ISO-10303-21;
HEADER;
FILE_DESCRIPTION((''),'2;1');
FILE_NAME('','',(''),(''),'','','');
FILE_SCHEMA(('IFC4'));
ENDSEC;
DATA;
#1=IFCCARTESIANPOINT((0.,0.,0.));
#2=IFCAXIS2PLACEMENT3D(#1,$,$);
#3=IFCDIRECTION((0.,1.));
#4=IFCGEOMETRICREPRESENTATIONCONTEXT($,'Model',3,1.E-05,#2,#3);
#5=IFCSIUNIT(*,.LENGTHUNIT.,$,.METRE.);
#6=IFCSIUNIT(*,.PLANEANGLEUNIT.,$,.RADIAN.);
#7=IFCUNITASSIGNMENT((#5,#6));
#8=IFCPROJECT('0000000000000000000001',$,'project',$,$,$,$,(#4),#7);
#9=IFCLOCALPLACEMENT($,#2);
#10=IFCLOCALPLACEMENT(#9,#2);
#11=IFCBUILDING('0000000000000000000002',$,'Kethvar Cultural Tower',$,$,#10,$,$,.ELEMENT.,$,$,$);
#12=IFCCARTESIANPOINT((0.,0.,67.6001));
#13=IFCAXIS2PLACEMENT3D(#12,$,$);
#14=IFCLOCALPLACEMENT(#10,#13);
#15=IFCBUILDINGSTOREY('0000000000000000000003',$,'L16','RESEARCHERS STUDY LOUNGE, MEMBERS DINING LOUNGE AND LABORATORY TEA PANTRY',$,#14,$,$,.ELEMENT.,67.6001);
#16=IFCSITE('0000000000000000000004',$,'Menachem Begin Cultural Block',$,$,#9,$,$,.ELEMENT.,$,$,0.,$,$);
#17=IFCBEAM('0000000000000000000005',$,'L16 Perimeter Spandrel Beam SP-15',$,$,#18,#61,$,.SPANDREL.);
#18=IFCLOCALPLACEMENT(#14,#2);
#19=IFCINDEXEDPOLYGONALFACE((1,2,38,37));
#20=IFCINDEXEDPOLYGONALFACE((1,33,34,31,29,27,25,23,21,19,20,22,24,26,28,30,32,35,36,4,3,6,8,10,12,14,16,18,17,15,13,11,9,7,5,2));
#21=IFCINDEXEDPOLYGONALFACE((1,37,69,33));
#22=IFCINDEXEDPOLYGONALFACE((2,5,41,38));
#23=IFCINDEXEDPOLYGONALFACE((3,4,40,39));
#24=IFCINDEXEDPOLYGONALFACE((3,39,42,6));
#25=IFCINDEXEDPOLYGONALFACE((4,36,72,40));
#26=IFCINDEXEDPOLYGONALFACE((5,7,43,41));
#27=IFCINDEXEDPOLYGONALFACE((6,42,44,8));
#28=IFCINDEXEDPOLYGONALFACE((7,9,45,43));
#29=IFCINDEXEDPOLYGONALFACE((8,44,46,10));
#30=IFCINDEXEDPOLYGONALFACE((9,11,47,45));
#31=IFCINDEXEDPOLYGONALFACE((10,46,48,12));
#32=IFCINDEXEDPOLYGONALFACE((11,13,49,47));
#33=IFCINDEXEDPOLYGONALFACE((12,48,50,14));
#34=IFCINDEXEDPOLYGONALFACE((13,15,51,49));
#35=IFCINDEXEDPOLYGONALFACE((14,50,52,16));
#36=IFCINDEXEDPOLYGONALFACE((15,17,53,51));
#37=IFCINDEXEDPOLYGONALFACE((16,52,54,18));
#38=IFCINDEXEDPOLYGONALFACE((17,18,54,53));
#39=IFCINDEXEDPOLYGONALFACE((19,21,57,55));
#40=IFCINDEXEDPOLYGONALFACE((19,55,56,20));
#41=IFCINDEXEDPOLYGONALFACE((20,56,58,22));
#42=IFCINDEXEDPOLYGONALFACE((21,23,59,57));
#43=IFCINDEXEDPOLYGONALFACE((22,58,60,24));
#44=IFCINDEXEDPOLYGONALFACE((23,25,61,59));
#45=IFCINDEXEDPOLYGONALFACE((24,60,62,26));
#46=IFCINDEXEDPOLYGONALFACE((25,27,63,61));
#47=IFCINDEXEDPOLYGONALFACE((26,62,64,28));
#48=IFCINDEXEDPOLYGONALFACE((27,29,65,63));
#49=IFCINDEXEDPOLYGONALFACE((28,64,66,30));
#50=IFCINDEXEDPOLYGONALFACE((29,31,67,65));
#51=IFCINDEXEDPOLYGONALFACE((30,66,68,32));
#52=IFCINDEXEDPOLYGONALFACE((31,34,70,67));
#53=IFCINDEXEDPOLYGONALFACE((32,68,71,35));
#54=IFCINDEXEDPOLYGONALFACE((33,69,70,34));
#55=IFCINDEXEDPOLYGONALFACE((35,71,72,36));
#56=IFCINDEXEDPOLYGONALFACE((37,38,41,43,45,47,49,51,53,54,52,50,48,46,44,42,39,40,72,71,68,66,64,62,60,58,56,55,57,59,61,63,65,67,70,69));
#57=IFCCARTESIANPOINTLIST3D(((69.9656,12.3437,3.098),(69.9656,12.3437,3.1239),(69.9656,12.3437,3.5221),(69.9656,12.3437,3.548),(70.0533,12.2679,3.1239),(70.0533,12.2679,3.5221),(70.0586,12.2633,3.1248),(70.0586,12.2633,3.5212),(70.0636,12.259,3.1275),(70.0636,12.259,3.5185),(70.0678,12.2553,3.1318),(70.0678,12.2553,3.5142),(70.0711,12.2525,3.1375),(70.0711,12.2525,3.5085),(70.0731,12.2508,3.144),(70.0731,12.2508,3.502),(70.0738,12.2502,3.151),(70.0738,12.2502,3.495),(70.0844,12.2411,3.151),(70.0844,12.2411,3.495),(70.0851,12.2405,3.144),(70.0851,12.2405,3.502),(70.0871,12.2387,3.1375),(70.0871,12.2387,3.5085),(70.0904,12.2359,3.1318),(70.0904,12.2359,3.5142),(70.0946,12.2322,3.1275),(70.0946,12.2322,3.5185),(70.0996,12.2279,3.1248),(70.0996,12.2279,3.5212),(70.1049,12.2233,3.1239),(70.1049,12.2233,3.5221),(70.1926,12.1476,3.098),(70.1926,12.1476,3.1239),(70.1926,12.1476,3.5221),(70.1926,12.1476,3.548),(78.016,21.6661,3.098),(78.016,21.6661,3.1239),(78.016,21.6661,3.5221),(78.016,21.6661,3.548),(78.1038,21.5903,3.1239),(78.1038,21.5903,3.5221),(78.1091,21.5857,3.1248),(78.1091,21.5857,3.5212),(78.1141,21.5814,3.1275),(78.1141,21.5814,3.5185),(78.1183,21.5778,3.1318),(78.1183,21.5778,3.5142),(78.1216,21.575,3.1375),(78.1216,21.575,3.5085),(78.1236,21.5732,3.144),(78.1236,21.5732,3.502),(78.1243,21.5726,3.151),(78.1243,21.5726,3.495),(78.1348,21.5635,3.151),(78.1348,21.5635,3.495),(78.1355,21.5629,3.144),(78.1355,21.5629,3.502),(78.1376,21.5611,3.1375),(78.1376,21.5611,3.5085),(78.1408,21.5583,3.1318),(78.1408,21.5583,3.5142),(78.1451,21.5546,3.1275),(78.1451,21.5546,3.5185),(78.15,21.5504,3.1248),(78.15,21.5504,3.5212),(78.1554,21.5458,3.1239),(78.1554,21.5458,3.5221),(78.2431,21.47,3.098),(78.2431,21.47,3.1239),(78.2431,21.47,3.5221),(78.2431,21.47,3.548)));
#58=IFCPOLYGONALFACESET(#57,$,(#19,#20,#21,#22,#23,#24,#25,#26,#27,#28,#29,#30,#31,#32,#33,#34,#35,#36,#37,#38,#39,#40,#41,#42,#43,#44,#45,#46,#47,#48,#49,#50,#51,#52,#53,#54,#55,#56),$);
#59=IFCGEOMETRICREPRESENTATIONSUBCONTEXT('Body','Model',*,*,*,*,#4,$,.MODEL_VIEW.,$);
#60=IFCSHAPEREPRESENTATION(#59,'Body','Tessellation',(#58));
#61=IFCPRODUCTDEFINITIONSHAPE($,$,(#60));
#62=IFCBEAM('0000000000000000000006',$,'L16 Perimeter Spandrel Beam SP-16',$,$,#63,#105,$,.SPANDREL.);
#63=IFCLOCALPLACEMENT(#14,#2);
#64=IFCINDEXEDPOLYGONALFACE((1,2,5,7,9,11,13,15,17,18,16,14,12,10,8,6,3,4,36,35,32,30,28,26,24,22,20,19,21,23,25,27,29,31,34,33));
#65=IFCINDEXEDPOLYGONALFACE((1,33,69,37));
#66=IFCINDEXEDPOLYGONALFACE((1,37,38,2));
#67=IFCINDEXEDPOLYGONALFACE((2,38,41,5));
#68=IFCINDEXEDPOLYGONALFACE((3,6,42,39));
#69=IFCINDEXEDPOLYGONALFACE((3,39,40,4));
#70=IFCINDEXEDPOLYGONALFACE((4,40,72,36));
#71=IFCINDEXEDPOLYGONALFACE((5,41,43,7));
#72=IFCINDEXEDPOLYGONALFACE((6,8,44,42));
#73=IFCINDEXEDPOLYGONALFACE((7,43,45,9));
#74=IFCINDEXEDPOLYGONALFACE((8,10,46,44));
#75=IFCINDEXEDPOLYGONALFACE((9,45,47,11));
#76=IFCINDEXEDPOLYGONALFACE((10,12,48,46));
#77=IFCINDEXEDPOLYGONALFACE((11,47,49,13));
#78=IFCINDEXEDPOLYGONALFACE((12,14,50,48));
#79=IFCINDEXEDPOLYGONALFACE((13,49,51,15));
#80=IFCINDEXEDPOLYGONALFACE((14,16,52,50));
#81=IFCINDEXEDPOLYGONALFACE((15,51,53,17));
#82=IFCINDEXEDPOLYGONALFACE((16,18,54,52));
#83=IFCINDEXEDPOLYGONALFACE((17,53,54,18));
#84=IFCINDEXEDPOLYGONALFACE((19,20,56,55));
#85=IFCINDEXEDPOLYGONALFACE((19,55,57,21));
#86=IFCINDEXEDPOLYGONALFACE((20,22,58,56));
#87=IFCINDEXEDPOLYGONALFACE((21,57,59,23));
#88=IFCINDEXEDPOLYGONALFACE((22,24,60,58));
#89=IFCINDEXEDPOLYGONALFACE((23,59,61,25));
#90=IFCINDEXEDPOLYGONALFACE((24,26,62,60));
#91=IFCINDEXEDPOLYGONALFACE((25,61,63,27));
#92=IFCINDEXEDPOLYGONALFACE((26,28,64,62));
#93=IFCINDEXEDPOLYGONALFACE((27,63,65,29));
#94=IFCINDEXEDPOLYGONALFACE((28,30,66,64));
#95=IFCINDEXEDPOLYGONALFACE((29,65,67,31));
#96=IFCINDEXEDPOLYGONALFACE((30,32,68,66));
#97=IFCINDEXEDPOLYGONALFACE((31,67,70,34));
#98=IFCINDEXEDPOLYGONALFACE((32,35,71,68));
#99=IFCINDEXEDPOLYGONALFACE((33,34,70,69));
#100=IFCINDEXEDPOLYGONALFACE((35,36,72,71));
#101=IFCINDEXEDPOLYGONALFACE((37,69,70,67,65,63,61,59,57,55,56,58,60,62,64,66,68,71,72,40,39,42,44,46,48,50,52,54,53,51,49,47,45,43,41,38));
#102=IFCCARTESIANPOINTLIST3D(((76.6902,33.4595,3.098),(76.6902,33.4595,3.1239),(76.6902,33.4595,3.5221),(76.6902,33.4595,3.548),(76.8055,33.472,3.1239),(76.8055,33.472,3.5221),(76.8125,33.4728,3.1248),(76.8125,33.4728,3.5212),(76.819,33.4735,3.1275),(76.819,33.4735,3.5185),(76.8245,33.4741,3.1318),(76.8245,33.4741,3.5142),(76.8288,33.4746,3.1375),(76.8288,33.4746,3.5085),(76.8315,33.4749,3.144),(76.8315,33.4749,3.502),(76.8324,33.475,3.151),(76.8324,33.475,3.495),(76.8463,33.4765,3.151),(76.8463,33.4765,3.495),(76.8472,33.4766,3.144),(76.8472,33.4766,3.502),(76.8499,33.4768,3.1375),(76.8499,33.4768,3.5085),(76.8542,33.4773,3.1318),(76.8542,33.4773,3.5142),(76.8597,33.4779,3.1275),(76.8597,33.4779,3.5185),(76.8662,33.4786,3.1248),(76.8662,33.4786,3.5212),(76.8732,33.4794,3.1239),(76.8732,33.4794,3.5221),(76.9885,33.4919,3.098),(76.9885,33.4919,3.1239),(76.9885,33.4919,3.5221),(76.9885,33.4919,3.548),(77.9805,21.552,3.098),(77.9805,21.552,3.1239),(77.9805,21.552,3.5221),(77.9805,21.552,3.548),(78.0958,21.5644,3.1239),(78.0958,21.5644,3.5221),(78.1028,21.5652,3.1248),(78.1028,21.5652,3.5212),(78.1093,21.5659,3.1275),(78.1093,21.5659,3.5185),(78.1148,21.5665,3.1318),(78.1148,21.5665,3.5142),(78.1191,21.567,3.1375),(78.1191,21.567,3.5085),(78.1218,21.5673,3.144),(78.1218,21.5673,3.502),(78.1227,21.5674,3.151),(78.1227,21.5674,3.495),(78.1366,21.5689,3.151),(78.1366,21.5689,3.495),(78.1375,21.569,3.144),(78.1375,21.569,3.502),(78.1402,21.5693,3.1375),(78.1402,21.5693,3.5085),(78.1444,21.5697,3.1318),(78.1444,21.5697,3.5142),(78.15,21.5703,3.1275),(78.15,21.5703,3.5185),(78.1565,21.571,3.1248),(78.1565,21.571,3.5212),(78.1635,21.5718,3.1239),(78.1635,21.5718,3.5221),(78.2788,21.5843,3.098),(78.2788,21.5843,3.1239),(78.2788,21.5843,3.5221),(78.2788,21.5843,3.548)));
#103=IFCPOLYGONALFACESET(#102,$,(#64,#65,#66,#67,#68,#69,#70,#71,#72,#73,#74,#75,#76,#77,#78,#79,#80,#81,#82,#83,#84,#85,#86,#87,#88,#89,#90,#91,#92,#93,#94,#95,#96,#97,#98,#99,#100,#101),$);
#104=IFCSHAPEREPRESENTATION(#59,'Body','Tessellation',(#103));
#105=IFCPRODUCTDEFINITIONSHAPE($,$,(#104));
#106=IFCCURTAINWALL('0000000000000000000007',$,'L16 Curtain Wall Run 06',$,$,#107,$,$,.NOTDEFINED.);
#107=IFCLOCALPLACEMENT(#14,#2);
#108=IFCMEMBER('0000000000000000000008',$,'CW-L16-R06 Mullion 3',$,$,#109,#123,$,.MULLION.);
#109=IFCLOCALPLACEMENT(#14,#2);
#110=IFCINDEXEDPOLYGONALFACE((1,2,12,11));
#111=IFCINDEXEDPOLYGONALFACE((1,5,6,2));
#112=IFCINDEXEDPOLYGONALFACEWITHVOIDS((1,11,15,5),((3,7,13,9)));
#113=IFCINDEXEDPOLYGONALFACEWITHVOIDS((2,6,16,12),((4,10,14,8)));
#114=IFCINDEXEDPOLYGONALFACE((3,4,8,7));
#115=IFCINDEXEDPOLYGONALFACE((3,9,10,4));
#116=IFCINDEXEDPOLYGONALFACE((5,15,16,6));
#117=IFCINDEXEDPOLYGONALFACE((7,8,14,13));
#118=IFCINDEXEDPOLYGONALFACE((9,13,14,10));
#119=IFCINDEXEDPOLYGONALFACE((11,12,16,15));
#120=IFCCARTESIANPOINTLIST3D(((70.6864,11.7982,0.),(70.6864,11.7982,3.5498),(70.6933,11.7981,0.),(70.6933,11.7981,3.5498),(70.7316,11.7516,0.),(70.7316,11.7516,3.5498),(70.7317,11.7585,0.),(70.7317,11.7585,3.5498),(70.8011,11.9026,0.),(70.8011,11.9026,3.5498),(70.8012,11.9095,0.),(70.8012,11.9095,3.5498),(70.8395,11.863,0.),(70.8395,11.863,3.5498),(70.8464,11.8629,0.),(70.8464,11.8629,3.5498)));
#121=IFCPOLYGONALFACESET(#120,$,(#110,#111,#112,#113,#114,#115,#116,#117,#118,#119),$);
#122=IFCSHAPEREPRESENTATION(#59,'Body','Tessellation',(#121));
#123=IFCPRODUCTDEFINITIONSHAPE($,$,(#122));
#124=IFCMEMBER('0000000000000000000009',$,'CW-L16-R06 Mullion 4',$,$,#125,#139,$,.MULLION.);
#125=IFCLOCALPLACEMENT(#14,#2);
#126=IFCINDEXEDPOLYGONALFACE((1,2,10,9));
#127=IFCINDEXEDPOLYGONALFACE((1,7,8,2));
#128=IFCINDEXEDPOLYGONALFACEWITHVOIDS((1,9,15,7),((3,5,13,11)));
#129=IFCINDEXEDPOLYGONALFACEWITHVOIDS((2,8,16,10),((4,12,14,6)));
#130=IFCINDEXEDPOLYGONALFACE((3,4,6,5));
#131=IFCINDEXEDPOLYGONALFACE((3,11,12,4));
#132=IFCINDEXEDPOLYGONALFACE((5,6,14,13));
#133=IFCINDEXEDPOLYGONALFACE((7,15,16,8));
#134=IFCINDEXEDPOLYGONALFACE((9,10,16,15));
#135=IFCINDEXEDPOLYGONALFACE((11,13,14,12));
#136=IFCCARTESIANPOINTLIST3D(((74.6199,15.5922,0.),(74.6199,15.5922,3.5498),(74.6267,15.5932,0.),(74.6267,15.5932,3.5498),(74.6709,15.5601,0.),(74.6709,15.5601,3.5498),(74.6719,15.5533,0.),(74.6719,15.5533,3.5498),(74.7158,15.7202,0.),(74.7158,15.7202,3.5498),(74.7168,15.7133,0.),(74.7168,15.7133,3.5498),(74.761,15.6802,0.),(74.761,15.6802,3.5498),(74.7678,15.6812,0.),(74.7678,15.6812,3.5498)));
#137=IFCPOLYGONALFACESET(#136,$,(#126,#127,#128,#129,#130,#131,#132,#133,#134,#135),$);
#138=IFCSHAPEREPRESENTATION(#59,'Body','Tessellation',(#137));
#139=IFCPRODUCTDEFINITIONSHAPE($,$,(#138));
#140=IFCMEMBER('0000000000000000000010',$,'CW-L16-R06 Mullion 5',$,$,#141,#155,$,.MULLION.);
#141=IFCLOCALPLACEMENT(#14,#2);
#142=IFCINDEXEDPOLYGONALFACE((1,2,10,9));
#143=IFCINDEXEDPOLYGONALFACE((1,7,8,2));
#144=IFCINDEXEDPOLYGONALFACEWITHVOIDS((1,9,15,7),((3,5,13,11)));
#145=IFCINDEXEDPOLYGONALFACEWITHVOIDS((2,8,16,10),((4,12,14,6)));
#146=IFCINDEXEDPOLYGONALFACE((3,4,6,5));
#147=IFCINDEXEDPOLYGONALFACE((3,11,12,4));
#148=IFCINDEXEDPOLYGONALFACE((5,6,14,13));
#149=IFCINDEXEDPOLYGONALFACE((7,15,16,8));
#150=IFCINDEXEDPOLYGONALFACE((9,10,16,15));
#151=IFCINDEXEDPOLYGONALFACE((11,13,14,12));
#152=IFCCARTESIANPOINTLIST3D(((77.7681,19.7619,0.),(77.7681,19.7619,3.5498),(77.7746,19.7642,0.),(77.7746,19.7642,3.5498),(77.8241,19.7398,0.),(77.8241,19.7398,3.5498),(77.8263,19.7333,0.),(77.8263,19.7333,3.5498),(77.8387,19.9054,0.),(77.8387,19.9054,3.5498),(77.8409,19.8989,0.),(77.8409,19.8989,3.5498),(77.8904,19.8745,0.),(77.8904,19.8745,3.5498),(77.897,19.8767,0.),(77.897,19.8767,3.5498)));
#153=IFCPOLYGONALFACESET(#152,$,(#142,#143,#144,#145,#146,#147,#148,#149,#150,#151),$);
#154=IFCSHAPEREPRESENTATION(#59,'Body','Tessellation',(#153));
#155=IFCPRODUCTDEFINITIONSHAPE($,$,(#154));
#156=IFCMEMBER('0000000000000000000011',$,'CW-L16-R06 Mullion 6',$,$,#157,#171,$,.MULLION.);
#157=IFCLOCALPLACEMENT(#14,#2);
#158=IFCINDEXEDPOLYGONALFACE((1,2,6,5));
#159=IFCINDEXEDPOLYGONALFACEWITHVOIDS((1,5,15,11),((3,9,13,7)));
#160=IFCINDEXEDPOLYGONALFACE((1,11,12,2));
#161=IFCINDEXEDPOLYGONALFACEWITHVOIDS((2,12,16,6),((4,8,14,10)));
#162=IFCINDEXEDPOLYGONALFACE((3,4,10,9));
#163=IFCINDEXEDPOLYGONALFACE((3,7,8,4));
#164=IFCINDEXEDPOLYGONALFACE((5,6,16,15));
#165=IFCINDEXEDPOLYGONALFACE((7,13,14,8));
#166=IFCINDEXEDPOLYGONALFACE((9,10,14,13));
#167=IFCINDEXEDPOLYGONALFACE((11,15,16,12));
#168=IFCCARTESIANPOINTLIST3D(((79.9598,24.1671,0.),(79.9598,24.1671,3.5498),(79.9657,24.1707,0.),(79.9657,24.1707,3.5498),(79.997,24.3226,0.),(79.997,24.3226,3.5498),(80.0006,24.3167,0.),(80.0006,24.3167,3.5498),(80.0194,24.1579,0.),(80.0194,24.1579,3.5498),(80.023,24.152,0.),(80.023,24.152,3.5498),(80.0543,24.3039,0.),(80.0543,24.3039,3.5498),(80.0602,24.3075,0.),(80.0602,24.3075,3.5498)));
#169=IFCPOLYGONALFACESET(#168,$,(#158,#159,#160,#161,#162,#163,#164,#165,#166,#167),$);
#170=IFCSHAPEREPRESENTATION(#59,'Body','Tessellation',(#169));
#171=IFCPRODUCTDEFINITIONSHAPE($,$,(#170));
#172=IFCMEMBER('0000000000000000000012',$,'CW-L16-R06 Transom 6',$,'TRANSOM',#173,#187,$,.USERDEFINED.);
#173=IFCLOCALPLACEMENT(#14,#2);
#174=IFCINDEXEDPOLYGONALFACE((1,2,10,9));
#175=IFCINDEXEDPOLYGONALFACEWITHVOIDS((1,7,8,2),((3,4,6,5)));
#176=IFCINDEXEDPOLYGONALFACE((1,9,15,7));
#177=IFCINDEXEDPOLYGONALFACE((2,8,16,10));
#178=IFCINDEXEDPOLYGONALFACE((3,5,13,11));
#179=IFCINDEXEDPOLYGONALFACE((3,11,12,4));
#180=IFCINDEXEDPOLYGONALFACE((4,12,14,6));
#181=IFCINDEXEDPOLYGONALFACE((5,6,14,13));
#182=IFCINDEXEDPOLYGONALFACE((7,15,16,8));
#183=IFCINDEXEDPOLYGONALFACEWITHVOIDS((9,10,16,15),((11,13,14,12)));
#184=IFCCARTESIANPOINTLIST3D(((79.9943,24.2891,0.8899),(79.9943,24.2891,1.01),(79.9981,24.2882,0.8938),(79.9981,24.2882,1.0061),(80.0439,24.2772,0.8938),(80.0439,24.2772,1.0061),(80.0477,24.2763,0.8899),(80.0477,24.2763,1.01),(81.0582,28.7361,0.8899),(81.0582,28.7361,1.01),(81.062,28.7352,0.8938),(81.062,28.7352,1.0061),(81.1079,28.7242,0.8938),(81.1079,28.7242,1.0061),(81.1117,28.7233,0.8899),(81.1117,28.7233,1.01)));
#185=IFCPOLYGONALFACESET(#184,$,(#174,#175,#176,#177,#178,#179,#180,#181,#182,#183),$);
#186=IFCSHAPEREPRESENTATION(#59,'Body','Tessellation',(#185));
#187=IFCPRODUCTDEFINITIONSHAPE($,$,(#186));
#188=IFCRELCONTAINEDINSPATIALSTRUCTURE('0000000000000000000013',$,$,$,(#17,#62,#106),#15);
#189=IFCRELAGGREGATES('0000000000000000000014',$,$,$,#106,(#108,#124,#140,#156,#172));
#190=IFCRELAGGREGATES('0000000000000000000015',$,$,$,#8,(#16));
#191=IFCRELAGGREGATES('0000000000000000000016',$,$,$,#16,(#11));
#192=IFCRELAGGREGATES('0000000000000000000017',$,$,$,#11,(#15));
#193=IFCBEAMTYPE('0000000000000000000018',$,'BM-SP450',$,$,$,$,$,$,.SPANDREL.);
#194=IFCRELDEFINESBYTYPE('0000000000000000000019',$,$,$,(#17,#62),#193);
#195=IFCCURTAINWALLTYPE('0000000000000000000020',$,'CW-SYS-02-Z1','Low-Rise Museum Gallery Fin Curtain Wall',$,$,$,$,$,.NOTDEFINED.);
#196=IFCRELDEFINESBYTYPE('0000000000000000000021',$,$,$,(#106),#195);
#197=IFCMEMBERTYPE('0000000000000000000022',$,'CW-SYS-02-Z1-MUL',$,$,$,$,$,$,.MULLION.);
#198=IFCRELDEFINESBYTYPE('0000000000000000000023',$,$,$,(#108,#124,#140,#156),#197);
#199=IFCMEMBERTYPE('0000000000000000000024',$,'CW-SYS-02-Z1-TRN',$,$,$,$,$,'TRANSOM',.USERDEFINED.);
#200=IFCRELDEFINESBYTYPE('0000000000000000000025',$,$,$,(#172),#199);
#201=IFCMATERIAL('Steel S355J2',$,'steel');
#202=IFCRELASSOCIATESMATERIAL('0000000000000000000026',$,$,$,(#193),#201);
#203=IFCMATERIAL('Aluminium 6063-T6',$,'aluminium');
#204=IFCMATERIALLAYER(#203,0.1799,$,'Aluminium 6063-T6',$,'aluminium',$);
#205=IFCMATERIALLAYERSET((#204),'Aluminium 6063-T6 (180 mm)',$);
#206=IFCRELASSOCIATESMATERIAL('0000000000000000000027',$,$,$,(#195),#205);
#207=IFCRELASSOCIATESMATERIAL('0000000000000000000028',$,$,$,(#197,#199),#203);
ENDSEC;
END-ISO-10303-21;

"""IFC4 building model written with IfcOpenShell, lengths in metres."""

from ifc_helpers import new_model, si_unit, direction, frame, origin, origin_2d, place, context, subcontext, project, spatial, hollow_rectangle, i_section, extrude, source, transform, mapped, material, layer, layer_set, material_profile, profile_set, type_object, element, aggregate, save


model = new_model("IFC4")

# Units and contexts
model_context = context("Model", 3, precision=1e-05, world=origin(), true_north=direction((0.0, 1.0)))
body_context = subcontext(model_context, "Body", "Model", "MODEL_VIEW")
ifc_project = project(units=[si_unit("LENGTHUNIT", "METRE"), si_unit("PLANEANGLEUNIT", "RADIAN")], contexts=[model_context])

# Site, building, storey
site_placement = place(None, origin())
site = spatial("IfcSite", under=ifc_project, at=site_placement, Name="Menachem Begin Cultural Block", CompositionType="ELEMENT", RefElevation=0.0)
building_placement = place(site_placement, origin())
building = spatial("IfcBuilding", under=site, at=building_placement, Name="Kethvar Cultural Tower", CompositionType="ELEMENT")
storey_placement = place(building_placement, frame((0.0, 0.0, 67.6001)))
storey = spatial("IfcBuildingStorey", under=building, at=storey_placement, Name="L16", Description="RESEARCHERS STUDY LOUNGE, MEMBERS DINING LOUNGE AND LABORATORY TEA PANTRY", CompositionType="ELEMENT", Elevation=67.6001)

# Beams
ifc_material_1 = material(Name="Steel S355J2", Category="steel")
ifc_material_profile_1 = material_profile(ifc_material_1, i_section(OverallWidth=0.3, OverallDepth=0.45, WebThickness=0.0139, FlangeThickness=0.0259, FilletRadius=0.0271, at=origin_2d()), Name="Steel S355J2 — HEB450")
ifc_profile_set_1 = profile_set([ifc_material_profile_1], Name="Steel S355J2 — HEB450")
beam_type_1 = type_object("IfcBeamType", Name="BM-SP450", PredefinedType="SPANDREL", material=ifc_profile_set_1)
shared_shape_1 = source(origin(), body_context, "Body", "SweptSolid", [
    extrude(i_section(OverallWidth=0.3, OverallDepth=0.45, WebThickness=0.0139, FlangeThickness=0.0259, FilletRadius=0.0271, at=origin_2d()), origin(), (0.0, 0.0, 1.0), 12.3174),
])
beam_1_placement = place(storey_placement, frame((70.0791, 12.2456, 3.323), z_axis=(0.653586, 0.756852, 0.0), x_axis=(-0.756852, 0.653586, 0.0)))
element("IfcBeam", 1, at=beam_1_placement, inside=storey, type_object=beam_type_1, Name="L16 Perimeter Spandrel Beam SP-15", PredefinedType="SPANDREL", context=body_context, shape_type="MappedRepresentation", body=[
    mapped(shared_shape_1, transform((0.0, 0.0, 0.0), scale=1.0)),
])
shared_shape_2 = source(origin(), body_context, "Body", "SweptSolid", [
    extrude(i_section(OverallWidth=0.3, OverallDepth=0.45, WebThickness=0.0139, FlangeThickness=0.0259, FilletRadius=0.0271, at=origin_2d()), origin(), (0.0, 0.0, 1.0), 11.9773),
])
beam_2_placement = place(storey_placement, frame((78.1296, 21.5681, 3.323), z_axis=(-0.107729, 0.99418, 0.0), x_axis=(-0.99418, -0.107729, 0.0)))
element("IfcBeam", 2, at=beam_2_placement, inside=storey, type_object=beam_type_1, Name="L16 Perimeter Spandrel Beam SP-16", PredefinedType="SPANDREL", context=body_context, shape_type="MappedRepresentation", body=[
    mapped(shared_shape_2, transform((0.0, 0.0, 0.0), scale=1.0)),
])

# Curtain wall, members
ifc_material_2 = material(Name="Aluminium 6063-T6", Category="aluminium")
ifc_layer_1 = layer(ifc_material_2, 0.1799, Name="Aluminium 6063-T6", Category="aluminium")
ifc_layer_set_1 = layer_set([ifc_layer_1], Name="Aluminium 6063-T6 (180 mm)")
curtain_wall_type = type_object("IfcCurtainWallType", Name="CW-SYS-02-Z1", Description="Low-Rise Museum Gallery Fin Curtain Wall", PredefinedType="NOTDEFINED", material=ifc_layer_set_1)
curtain_wall_placement = place(storey_placement, origin())
curtain_wall = element("IfcCurtainWall", 3, at=curtain_wall_placement, inside=storey, type_object=curtain_wall_type, Name="L16 Curtain Wall Run 06", PredefinedType="NOTDEFINED")
ifc_material_profile_2 = material_profile(ifc_material_2, hollow_rectangle(XDim=0.0649, YDim=0.1599, WallThickness=0.0049, at=origin_2d()), Name="Aluminium 6063-T6 — RHS160x65x5")
ifc_profile_set_2 = profile_set([ifc_material_profile_2], Name="Aluminium 6063-T6 — RHS160x65x5")
member_type_1 = type_object("IfcMemberType", Name="CW-SYS-02-Z1-MUL", PredefinedType="MULLION", material=ifc_profile_set_2)
shared_shape_3 = source(origin(), body_context, "Body", "SweptSolid", [
    extrude(hollow_rectangle(XDim=0.0649, YDim=0.1599, WallThickness=0.0049, at=origin_2d()), origin(), (0.0, 0.0, 1.0), 3.5498),
])
member_1_placement = place(storey_placement, frame((70.7664, 11.8306, 0.0), z_axis=(0.0, 0.0, 1.0), x_axis=(-0.696113, 0.717932, 0.0)))
member_1 = element("IfcMember", 4, at=member_1_placement, type_object=member_type_1, Name="CW-L16-R06 Mullion 3", PredefinedType="MULLION", context=body_context, shape_type="MappedRepresentation", body=[
    mapped(shared_shape_3, transform((0.0, 0.0, 0.0), scale=1.0)),
])
member_2_placement = place(storey_placement, frame((74.6938, 15.6367, 0.0), z_axis=(0.0, 0.0, 1.0), x_axis=(-0.800083, 0.59989, 0.0)))
member_2 = element("IfcMember", 5, at=member_2_placement, type_object=member_type_1, Name="CW-L16-R06 Mullion 4", PredefinedType="MULLION", context=body_context, shape_type="MappedRepresentation", body=[
    mapped(shared_shape_3, transform((0.0, 0.0, 0.0), scale=1.0)),
])
member_3_placement = place(storey_placement, frame((77.8325, 19.8193, 0.0), z_axis=(0.0, 0.0, 1.0), x_axis=(-0.897235, 0.441553, 0.0)))
member_3 = element("IfcMember", 6, at=member_3_placement, type_object=member_type_1, Name="CW-L16-R06 Mullion 5", PredefinedType="MULLION", context=body_context, shape_type="MappedRepresentation", body=[
    mapped(shared_shape_3, transform((0.0, 0.0, 0.0), scale=1.0)),
])
member_4_placement = place(storey_placement, frame((80.01, 24.2373, 0.0), z_axis=(0.0, 0.0, 1.0), x_axis=(-0.972553, 0.232682, 0.0)))
member_4 = element("IfcMember", 7, at=member_4_placement, type_object=member_type_1, Name="CW-L16-R06 Mullion 6", PredefinedType="MULLION", context=body_context, shape_type="MappedRepresentation", body=[
    mapped(shared_shape_3, transform((0.0, 0.0, 0.0), scale=1.0)),
])
ifc_material_profile_3 = material_profile(ifc_material_2, hollow_rectangle(XDim=0.0549, YDim=0.1201, WallThickness=0.0039, at=origin_2d()), Name="Aluminium 6063-T6 — RHS120x55x4")
ifc_profile_set_3 = profile_set([ifc_material_profile_3], Name="Aluminium 6063-T6 — RHS120x55x4")
member_type_2 = type_object("IfcMemberType", Name="CW-SYS-02-Z1-TRN", ElementType="TRANSOM", PredefinedType="USERDEFINED", material=ifc_profile_set_3)
shared_shape_4 = source(origin(), body_context, "Body", "SweptSolid", [
    extrude(hollow_rectangle(XDim=0.0549, YDim=0.1201, WallThickness=0.0039, at=origin_2d()), origin(), (0.0, 0.0, 1.0), 4.5725),
])
member_5_placement = place(storey_placement, frame((80.021, 24.2827, 0.95), z_axis=(0.232686, 0.972552, 0.0), x_axis=(-0.972552, 0.232686, 0.0)))
member_5 = element("IfcMember", 8, at=member_5_placement, type_object=member_type_2, Name="CW-L16-R06 Transom 6", ObjectType="TRANSOM", PredefinedType="USERDEFINED", context=body_context, shape_type="MappedRepresentation", body=[
    mapped(shared_shape_4, transform((0.0, 0.0, 0.0), scale=1.0)),
])
aggregate(curtain_wall, [member_1, member_2, member_3, member_4, member_5])

save(model, "model.ifc")
